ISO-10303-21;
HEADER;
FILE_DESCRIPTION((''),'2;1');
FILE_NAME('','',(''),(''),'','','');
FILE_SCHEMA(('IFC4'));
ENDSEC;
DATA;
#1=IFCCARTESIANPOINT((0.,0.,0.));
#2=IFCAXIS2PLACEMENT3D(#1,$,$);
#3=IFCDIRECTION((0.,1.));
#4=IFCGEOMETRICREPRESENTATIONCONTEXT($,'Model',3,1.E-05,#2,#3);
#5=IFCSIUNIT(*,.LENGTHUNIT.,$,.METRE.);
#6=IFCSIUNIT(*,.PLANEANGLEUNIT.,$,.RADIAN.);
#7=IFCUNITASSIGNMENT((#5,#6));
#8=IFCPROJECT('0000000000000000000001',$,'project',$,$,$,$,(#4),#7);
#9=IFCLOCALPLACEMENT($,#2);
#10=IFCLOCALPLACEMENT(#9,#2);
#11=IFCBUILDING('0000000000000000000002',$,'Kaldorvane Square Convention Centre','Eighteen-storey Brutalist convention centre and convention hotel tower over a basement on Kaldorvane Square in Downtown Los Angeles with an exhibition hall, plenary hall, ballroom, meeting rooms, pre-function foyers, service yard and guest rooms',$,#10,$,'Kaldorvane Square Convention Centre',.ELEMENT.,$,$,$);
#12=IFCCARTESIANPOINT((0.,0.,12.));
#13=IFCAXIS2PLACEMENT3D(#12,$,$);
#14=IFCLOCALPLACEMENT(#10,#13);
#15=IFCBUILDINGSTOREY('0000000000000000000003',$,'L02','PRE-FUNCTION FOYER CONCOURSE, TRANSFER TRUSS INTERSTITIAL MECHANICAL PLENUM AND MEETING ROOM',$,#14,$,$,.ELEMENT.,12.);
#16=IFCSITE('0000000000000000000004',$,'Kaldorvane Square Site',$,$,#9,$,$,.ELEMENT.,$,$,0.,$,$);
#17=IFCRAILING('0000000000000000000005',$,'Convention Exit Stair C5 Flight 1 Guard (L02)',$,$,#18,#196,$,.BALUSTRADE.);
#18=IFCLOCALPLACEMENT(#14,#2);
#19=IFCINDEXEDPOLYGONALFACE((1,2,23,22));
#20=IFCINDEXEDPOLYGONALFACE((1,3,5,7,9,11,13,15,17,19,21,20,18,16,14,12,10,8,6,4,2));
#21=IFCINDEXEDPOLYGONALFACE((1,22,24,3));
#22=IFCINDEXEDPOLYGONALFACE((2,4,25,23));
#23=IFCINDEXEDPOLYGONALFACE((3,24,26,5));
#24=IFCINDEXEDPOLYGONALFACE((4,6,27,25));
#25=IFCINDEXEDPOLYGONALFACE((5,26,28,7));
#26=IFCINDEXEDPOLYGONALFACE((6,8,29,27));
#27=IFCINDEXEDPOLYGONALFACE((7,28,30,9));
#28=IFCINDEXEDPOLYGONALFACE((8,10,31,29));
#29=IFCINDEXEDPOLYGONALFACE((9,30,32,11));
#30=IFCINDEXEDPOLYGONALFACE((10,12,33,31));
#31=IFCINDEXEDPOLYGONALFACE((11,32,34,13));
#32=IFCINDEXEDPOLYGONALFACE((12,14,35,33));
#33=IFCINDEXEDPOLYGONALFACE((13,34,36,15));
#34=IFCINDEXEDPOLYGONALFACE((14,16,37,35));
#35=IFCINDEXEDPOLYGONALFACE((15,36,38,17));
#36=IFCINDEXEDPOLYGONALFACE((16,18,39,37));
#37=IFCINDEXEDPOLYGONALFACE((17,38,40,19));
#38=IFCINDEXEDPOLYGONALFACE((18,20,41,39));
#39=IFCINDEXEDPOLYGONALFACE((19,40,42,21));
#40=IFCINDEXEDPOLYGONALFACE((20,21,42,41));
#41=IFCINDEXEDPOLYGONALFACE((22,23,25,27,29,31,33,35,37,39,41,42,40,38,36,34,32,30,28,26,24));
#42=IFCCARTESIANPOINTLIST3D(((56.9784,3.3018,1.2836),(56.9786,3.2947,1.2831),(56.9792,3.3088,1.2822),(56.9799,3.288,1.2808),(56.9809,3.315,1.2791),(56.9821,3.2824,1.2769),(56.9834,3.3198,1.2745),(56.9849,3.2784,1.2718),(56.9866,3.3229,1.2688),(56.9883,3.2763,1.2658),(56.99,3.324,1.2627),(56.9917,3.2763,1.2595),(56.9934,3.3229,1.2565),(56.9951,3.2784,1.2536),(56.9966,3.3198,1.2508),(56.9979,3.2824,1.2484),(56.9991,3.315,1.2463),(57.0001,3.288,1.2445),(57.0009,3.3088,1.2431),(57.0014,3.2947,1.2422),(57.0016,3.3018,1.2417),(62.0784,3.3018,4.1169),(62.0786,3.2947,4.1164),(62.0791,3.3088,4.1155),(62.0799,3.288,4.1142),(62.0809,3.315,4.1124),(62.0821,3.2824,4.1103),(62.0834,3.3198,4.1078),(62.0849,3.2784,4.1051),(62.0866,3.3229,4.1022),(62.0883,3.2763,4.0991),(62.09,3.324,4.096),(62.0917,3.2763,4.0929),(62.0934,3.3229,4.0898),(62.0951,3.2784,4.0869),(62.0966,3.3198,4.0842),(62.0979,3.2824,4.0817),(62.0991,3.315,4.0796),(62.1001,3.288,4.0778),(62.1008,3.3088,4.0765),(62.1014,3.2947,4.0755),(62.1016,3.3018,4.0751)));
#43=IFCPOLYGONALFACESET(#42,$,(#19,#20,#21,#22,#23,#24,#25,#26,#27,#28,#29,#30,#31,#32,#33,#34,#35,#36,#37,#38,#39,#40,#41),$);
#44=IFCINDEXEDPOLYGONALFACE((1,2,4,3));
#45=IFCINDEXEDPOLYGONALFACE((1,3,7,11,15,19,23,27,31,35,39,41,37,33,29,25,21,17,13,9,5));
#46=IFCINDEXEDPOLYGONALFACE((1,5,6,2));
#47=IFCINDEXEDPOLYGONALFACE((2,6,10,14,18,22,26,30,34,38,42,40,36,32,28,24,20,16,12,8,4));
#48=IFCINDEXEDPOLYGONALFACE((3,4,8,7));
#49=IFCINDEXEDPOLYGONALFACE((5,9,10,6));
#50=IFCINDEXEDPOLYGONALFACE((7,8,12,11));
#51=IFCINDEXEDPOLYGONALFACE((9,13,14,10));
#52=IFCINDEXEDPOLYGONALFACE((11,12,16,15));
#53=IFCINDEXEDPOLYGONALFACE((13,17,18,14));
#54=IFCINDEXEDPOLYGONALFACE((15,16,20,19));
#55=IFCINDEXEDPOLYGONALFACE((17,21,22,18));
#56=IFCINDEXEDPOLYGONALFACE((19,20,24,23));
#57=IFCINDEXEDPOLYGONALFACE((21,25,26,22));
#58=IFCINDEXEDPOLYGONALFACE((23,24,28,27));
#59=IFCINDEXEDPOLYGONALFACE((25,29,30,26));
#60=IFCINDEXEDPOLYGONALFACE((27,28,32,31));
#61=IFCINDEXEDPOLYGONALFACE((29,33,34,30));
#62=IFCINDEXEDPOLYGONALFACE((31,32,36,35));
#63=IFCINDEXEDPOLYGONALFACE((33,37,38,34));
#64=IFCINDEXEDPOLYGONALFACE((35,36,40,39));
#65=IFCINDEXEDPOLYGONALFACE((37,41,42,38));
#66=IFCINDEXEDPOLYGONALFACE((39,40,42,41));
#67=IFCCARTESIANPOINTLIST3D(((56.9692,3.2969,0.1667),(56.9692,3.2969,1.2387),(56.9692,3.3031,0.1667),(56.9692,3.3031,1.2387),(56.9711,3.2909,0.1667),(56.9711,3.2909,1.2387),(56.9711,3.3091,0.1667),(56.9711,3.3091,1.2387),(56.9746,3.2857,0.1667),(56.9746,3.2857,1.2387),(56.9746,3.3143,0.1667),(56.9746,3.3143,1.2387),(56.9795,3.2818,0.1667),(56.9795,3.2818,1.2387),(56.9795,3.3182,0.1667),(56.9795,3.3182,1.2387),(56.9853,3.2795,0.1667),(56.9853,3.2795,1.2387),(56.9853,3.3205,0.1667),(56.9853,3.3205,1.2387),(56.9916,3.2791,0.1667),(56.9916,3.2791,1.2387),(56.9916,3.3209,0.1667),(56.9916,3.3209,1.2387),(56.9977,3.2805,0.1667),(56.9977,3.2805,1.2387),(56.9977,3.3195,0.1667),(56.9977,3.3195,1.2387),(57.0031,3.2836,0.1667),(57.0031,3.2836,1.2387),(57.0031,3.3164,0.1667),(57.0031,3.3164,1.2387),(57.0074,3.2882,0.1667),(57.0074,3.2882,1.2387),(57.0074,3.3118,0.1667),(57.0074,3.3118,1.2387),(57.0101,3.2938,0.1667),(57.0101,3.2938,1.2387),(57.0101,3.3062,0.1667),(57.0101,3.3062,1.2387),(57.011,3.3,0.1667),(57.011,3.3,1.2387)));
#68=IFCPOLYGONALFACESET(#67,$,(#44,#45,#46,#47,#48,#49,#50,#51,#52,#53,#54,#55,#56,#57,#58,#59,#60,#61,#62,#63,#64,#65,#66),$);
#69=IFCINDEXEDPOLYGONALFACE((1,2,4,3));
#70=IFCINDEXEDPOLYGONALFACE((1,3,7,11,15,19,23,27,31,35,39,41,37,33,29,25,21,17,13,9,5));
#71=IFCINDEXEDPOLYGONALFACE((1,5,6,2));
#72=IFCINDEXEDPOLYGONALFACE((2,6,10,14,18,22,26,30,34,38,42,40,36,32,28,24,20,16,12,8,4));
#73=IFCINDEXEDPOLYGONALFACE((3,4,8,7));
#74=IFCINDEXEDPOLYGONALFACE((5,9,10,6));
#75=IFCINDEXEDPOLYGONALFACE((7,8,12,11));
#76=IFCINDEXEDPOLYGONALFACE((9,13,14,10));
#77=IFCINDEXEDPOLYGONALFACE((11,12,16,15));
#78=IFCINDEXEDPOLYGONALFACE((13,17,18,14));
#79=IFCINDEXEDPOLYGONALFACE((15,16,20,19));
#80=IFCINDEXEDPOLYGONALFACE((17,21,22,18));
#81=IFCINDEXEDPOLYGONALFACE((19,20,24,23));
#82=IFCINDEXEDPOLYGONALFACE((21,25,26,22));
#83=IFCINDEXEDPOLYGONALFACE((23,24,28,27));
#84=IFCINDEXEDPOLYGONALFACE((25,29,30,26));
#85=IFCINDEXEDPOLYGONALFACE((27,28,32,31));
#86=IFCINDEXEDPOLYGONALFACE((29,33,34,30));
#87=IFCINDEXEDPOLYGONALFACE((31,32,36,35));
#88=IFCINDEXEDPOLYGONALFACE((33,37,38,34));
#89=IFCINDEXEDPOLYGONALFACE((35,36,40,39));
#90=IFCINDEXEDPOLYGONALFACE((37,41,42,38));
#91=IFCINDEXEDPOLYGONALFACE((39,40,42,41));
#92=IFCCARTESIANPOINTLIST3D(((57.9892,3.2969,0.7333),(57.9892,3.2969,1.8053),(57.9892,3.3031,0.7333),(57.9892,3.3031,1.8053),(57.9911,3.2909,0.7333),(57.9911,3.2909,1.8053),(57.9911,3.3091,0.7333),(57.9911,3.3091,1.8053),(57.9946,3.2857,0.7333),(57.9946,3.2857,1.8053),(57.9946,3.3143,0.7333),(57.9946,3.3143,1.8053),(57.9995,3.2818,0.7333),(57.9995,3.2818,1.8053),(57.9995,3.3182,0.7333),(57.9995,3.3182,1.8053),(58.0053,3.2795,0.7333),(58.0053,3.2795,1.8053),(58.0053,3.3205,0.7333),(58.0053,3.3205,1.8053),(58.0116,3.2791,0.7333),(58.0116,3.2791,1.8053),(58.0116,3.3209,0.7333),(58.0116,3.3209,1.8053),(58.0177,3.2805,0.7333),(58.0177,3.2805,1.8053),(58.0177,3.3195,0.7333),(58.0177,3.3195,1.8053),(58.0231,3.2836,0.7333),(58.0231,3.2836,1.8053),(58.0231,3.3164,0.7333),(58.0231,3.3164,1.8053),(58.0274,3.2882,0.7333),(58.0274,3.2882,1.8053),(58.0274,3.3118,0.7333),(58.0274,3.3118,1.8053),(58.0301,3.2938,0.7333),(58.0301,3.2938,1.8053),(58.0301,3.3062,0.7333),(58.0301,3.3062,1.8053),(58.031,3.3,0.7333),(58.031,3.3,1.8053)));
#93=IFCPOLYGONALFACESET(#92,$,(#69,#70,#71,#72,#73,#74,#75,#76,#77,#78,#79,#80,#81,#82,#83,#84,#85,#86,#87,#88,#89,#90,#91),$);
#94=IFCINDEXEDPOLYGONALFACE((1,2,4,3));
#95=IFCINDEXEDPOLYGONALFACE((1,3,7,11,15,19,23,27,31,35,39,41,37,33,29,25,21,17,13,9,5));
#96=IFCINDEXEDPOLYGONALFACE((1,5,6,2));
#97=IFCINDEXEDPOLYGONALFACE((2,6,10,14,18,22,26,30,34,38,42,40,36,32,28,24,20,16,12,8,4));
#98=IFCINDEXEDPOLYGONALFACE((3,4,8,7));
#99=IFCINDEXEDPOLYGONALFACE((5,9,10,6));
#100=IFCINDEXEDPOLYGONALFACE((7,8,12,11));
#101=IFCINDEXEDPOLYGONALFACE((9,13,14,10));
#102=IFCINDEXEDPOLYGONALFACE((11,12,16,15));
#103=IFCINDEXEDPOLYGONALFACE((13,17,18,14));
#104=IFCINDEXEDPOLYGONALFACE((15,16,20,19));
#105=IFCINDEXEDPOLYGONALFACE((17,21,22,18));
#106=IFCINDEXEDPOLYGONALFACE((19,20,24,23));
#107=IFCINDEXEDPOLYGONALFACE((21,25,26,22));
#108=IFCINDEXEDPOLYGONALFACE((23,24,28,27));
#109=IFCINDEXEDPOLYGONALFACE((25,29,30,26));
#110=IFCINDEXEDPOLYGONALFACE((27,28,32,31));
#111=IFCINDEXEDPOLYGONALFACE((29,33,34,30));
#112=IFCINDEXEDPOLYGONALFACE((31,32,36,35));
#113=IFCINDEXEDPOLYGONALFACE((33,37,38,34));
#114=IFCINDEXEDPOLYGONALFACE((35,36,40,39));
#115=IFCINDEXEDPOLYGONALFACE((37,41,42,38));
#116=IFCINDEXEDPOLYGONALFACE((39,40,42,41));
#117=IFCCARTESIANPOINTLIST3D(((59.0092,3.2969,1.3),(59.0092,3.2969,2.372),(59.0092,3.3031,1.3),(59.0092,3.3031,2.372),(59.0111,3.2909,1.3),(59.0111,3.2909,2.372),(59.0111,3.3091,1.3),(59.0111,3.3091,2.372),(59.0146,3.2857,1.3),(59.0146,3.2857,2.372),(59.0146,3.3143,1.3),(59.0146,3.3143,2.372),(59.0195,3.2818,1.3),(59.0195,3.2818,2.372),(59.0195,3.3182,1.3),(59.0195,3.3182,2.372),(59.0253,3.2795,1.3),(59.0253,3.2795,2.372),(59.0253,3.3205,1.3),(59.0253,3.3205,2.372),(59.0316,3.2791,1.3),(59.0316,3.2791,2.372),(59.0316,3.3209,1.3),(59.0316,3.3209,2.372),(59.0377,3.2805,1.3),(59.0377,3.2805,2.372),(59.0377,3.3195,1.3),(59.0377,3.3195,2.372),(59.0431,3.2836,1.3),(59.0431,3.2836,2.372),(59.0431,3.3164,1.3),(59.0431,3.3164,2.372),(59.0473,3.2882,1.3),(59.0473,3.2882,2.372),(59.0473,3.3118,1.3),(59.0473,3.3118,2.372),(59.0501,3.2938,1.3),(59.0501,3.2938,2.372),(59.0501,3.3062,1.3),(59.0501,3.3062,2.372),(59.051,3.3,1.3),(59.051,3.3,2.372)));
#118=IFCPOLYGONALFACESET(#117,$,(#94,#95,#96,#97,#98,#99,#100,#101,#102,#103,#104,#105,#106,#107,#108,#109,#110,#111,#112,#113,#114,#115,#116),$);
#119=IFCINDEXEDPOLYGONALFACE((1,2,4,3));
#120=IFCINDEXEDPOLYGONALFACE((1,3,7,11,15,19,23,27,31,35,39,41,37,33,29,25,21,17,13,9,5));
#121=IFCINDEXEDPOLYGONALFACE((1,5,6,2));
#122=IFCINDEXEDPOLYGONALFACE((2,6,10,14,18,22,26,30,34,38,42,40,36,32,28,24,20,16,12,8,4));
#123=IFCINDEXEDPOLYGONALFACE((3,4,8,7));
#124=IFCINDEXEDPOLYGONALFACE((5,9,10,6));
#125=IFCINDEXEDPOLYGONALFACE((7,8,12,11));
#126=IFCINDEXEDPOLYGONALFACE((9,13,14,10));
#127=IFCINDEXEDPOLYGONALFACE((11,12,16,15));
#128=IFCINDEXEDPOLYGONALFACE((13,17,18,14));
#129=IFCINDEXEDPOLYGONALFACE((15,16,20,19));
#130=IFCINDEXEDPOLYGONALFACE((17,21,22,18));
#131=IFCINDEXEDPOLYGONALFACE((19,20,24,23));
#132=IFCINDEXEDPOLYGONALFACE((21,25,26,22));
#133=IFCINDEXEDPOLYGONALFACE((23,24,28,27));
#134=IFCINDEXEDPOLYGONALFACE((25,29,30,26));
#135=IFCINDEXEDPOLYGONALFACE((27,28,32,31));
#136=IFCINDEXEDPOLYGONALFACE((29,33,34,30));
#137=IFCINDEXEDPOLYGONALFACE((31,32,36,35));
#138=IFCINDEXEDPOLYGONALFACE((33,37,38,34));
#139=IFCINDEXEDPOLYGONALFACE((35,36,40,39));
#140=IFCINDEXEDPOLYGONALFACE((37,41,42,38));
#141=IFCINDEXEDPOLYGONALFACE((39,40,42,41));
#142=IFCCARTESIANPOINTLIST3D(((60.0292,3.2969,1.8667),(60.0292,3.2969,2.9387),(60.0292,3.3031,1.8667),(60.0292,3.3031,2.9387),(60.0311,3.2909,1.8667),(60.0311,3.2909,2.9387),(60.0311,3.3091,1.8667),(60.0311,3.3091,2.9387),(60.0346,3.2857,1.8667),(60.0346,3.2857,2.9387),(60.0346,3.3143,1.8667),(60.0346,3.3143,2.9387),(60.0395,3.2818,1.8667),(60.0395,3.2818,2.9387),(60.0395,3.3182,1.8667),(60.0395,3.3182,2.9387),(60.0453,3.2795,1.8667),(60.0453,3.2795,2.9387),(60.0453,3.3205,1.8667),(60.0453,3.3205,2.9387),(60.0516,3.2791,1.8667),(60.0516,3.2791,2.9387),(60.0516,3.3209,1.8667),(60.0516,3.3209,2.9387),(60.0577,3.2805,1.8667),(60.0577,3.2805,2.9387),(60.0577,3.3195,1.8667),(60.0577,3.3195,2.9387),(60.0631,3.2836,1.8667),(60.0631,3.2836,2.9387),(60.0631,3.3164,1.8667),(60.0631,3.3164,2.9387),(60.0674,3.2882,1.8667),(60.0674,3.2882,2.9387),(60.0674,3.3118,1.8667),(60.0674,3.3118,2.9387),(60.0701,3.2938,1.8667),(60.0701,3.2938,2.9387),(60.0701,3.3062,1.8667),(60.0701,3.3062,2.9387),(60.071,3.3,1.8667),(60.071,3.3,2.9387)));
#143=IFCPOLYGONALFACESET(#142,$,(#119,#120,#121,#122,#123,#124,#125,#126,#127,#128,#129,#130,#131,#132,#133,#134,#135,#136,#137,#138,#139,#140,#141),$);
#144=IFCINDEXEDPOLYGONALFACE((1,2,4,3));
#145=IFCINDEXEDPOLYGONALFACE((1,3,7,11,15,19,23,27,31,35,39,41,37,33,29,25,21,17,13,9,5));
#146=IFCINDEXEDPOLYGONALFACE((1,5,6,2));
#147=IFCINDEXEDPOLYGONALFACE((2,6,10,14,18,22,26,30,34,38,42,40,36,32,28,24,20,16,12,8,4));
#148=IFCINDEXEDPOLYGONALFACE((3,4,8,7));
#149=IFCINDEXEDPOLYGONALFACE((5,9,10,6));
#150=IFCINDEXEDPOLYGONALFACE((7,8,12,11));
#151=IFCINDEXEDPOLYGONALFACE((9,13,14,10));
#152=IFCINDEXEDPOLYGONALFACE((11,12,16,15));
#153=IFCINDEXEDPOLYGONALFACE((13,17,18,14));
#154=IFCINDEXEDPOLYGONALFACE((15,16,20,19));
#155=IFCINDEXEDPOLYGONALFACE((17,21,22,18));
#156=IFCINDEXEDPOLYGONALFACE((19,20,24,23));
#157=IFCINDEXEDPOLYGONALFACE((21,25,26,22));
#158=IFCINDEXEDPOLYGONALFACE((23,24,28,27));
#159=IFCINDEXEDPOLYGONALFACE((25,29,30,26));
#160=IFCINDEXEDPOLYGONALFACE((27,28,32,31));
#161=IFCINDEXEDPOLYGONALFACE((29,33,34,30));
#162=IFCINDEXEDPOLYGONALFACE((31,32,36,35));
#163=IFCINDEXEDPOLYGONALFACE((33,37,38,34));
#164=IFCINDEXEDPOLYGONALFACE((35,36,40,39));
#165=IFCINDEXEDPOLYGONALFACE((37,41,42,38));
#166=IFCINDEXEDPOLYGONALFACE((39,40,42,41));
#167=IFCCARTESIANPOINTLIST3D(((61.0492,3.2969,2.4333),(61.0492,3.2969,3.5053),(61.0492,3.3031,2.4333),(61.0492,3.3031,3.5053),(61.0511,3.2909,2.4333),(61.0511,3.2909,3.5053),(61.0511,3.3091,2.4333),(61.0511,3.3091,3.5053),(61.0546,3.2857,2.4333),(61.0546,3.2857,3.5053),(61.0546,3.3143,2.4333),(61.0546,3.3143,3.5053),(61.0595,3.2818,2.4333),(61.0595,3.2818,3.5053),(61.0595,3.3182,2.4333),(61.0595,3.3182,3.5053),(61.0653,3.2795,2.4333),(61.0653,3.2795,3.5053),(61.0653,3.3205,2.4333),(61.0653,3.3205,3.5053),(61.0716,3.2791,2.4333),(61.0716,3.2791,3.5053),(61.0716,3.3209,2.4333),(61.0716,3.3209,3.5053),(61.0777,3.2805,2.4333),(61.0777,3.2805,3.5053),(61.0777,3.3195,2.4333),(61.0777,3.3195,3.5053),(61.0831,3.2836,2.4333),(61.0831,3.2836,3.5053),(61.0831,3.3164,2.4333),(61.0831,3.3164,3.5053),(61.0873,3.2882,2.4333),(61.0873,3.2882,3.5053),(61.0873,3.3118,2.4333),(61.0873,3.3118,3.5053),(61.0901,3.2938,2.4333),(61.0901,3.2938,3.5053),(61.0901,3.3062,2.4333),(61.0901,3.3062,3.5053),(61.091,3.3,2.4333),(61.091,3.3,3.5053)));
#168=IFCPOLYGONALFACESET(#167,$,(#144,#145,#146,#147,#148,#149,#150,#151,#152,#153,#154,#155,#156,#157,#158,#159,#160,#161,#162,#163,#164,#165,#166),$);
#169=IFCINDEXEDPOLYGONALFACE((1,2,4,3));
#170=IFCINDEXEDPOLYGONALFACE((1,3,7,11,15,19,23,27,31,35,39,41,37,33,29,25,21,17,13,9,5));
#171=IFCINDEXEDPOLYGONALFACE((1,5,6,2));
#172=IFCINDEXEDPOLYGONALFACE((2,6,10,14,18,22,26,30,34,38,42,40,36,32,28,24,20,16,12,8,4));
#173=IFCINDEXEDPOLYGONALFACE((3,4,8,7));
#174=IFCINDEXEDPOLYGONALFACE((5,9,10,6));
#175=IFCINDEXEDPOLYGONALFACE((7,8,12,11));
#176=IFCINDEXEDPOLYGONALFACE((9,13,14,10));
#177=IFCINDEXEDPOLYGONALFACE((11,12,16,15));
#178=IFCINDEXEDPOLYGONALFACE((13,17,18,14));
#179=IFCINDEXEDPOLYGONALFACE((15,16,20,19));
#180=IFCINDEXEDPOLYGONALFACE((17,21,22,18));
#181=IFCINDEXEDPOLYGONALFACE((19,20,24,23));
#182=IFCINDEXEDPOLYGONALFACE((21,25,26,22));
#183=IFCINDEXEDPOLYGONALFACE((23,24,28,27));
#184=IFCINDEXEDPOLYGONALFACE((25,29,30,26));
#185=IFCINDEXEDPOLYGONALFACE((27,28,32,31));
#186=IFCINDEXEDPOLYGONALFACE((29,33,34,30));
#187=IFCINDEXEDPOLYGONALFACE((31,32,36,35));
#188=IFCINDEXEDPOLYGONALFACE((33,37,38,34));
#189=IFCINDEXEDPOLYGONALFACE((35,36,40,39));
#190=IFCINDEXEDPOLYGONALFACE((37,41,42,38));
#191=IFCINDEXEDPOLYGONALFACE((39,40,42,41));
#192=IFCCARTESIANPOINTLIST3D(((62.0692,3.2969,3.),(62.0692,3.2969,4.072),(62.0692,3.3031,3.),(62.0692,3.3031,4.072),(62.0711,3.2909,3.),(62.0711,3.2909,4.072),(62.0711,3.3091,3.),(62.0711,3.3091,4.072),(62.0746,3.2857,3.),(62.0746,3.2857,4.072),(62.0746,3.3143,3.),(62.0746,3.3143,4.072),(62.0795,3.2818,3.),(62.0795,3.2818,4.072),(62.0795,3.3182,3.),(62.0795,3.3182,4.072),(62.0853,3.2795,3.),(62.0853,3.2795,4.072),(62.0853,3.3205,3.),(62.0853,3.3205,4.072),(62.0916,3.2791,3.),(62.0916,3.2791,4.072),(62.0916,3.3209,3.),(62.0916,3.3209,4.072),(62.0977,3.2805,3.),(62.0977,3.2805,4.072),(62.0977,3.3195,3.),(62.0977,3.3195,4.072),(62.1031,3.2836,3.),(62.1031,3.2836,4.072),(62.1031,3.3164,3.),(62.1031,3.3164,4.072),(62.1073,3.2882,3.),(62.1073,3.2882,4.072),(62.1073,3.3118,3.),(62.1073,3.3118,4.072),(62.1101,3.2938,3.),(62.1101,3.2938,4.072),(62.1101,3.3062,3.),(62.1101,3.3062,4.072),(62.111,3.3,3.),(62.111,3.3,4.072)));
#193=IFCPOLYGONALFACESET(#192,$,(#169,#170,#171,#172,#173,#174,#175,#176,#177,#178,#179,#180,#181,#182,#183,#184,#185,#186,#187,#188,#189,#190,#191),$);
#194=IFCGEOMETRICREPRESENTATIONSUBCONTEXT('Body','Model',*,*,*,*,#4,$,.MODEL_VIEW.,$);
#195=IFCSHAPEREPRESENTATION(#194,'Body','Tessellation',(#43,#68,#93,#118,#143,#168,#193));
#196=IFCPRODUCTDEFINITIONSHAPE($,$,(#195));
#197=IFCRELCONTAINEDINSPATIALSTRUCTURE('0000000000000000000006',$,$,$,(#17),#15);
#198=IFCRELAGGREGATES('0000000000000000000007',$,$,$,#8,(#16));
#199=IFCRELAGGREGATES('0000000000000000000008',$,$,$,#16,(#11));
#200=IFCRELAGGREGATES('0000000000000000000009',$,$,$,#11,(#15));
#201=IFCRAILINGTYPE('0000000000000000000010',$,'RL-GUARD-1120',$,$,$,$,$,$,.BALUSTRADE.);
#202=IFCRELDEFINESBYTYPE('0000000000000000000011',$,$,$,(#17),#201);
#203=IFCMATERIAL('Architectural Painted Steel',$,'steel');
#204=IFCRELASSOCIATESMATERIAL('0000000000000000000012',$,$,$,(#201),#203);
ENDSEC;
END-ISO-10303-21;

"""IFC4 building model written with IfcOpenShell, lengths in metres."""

from ifc_helpers import new_model, si_unit, direction, frame, origin, origin_2d, place, context, subcontext, project, spatial, circle, extrude, material, type_object, element, save


model = new_model("IFC4")

# Units and contexts
model_context = context("Model", 3, precision=1e-05, world=origin(), true_north=direction((0.0, 1.0)))
body_context = subcontext(model_context, "Body", "Model", "MODEL_VIEW")
ifc_project = project(units=[si_unit("LENGTHUNIT", "METRE"), si_unit("PLANEANGLEUNIT", "RADIAN")], contexts=[model_context])

# Site, building, storey
site_placement = place(None, origin())
site = spatial("IfcSite", under=ifc_project, at=site_placement, Name="Kaldorvane Square Site", CompositionType="ELEMENT", RefElevation=0.0)
building_placement = place(site_placement, origin())
building = spatial("IfcBuilding", under=site, at=building_placement, Name="Kaldorvane Square Convention Centre", Description="Eighteen-storey Brutalist convention centre and convention hotel tower over a basement on Kaldorvane Square in Downtown Los Angeles with an exhibition hall, plenary hall, ballroom, meeting rooms, pre-function foyers, service yard and guest rooms", LongName="Kaldorvane Square Convention Centre", CompositionType="ELEMENT")
storey_placement = place(building_placement, frame((0.0, 0.0, 12.0)))
storey = spatial("IfcBuildingStorey", under=building, at=storey_placement, Name="L02", Description="PRE-FUNCTION FOYER CONCOURSE, TRANSFER TRUSS INTERSTITIAL MECHANICAL PLENUM AND MEETING ROOM", CompositionType="ELEMENT", Elevation=12.0)

# Railing
ifc_material_1 = material(Name="Architectural Painted Steel", Category="steel")
railing_type_1 = type_object("IfcRailingType", Name="RL-GUARD-1120", PredefinedType="BALUSTRADE", material=ifc_material_1)
railing_1_placement = place(storey_placement, frame((56.99, 3.3, 0.1667)))
element("IfcRailing", 1, at=railing_1_placement, inside=storey, type_object=railing_type_1, Name="Convention Exit Stair C5 Flight 1 Guard (L02)", PredefinedType="BALUSTRADE", context=body_context, shape_type="SweptSolid", body=[
    extrude(circle(Radius=0.024, at=origin_2d()), frame((0.0, 0.0, 1.096), z_axis=(0.874157, 0.0, 0.485643), x_axis=(0.0, 1.0, 0.0)), (0.0, 0.0, 1.0), 5.8342),
    extrude(circle(Radius=0.021, at=origin_2d()), origin(), (0.0, 0.0, 1.0), 1.072),
    extrude(circle(Radius=0.021, at=origin_2d()), frame((1.02, 0.0, 0.5667)), (0.0, 0.0, 1.0), 1.072),
    extrude(circle(Radius=0.021, at=origin_2d()), frame((2.04, 0.0, 1.1333)), (0.0, 0.0, 1.0), 1.072),
    extrude(circle(Radius=0.021, at=origin_2d()), frame((3.06, 0.0, 1.7)), (0.0, 0.0, 1.0), 1.072),
    extrude(circle(Radius=0.021, at=origin_2d()), frame((4.08, 0.0, 2.2667)), (0.0, 0.0, 1.0), 1.072),
    extrude(circle(Radius=0.021, at=origin_2d()), frame((5.1, 0.0, 2.8333)), (0.0, 0.0, 1.0), 1.072),
])

save(model, "model.ifc")
